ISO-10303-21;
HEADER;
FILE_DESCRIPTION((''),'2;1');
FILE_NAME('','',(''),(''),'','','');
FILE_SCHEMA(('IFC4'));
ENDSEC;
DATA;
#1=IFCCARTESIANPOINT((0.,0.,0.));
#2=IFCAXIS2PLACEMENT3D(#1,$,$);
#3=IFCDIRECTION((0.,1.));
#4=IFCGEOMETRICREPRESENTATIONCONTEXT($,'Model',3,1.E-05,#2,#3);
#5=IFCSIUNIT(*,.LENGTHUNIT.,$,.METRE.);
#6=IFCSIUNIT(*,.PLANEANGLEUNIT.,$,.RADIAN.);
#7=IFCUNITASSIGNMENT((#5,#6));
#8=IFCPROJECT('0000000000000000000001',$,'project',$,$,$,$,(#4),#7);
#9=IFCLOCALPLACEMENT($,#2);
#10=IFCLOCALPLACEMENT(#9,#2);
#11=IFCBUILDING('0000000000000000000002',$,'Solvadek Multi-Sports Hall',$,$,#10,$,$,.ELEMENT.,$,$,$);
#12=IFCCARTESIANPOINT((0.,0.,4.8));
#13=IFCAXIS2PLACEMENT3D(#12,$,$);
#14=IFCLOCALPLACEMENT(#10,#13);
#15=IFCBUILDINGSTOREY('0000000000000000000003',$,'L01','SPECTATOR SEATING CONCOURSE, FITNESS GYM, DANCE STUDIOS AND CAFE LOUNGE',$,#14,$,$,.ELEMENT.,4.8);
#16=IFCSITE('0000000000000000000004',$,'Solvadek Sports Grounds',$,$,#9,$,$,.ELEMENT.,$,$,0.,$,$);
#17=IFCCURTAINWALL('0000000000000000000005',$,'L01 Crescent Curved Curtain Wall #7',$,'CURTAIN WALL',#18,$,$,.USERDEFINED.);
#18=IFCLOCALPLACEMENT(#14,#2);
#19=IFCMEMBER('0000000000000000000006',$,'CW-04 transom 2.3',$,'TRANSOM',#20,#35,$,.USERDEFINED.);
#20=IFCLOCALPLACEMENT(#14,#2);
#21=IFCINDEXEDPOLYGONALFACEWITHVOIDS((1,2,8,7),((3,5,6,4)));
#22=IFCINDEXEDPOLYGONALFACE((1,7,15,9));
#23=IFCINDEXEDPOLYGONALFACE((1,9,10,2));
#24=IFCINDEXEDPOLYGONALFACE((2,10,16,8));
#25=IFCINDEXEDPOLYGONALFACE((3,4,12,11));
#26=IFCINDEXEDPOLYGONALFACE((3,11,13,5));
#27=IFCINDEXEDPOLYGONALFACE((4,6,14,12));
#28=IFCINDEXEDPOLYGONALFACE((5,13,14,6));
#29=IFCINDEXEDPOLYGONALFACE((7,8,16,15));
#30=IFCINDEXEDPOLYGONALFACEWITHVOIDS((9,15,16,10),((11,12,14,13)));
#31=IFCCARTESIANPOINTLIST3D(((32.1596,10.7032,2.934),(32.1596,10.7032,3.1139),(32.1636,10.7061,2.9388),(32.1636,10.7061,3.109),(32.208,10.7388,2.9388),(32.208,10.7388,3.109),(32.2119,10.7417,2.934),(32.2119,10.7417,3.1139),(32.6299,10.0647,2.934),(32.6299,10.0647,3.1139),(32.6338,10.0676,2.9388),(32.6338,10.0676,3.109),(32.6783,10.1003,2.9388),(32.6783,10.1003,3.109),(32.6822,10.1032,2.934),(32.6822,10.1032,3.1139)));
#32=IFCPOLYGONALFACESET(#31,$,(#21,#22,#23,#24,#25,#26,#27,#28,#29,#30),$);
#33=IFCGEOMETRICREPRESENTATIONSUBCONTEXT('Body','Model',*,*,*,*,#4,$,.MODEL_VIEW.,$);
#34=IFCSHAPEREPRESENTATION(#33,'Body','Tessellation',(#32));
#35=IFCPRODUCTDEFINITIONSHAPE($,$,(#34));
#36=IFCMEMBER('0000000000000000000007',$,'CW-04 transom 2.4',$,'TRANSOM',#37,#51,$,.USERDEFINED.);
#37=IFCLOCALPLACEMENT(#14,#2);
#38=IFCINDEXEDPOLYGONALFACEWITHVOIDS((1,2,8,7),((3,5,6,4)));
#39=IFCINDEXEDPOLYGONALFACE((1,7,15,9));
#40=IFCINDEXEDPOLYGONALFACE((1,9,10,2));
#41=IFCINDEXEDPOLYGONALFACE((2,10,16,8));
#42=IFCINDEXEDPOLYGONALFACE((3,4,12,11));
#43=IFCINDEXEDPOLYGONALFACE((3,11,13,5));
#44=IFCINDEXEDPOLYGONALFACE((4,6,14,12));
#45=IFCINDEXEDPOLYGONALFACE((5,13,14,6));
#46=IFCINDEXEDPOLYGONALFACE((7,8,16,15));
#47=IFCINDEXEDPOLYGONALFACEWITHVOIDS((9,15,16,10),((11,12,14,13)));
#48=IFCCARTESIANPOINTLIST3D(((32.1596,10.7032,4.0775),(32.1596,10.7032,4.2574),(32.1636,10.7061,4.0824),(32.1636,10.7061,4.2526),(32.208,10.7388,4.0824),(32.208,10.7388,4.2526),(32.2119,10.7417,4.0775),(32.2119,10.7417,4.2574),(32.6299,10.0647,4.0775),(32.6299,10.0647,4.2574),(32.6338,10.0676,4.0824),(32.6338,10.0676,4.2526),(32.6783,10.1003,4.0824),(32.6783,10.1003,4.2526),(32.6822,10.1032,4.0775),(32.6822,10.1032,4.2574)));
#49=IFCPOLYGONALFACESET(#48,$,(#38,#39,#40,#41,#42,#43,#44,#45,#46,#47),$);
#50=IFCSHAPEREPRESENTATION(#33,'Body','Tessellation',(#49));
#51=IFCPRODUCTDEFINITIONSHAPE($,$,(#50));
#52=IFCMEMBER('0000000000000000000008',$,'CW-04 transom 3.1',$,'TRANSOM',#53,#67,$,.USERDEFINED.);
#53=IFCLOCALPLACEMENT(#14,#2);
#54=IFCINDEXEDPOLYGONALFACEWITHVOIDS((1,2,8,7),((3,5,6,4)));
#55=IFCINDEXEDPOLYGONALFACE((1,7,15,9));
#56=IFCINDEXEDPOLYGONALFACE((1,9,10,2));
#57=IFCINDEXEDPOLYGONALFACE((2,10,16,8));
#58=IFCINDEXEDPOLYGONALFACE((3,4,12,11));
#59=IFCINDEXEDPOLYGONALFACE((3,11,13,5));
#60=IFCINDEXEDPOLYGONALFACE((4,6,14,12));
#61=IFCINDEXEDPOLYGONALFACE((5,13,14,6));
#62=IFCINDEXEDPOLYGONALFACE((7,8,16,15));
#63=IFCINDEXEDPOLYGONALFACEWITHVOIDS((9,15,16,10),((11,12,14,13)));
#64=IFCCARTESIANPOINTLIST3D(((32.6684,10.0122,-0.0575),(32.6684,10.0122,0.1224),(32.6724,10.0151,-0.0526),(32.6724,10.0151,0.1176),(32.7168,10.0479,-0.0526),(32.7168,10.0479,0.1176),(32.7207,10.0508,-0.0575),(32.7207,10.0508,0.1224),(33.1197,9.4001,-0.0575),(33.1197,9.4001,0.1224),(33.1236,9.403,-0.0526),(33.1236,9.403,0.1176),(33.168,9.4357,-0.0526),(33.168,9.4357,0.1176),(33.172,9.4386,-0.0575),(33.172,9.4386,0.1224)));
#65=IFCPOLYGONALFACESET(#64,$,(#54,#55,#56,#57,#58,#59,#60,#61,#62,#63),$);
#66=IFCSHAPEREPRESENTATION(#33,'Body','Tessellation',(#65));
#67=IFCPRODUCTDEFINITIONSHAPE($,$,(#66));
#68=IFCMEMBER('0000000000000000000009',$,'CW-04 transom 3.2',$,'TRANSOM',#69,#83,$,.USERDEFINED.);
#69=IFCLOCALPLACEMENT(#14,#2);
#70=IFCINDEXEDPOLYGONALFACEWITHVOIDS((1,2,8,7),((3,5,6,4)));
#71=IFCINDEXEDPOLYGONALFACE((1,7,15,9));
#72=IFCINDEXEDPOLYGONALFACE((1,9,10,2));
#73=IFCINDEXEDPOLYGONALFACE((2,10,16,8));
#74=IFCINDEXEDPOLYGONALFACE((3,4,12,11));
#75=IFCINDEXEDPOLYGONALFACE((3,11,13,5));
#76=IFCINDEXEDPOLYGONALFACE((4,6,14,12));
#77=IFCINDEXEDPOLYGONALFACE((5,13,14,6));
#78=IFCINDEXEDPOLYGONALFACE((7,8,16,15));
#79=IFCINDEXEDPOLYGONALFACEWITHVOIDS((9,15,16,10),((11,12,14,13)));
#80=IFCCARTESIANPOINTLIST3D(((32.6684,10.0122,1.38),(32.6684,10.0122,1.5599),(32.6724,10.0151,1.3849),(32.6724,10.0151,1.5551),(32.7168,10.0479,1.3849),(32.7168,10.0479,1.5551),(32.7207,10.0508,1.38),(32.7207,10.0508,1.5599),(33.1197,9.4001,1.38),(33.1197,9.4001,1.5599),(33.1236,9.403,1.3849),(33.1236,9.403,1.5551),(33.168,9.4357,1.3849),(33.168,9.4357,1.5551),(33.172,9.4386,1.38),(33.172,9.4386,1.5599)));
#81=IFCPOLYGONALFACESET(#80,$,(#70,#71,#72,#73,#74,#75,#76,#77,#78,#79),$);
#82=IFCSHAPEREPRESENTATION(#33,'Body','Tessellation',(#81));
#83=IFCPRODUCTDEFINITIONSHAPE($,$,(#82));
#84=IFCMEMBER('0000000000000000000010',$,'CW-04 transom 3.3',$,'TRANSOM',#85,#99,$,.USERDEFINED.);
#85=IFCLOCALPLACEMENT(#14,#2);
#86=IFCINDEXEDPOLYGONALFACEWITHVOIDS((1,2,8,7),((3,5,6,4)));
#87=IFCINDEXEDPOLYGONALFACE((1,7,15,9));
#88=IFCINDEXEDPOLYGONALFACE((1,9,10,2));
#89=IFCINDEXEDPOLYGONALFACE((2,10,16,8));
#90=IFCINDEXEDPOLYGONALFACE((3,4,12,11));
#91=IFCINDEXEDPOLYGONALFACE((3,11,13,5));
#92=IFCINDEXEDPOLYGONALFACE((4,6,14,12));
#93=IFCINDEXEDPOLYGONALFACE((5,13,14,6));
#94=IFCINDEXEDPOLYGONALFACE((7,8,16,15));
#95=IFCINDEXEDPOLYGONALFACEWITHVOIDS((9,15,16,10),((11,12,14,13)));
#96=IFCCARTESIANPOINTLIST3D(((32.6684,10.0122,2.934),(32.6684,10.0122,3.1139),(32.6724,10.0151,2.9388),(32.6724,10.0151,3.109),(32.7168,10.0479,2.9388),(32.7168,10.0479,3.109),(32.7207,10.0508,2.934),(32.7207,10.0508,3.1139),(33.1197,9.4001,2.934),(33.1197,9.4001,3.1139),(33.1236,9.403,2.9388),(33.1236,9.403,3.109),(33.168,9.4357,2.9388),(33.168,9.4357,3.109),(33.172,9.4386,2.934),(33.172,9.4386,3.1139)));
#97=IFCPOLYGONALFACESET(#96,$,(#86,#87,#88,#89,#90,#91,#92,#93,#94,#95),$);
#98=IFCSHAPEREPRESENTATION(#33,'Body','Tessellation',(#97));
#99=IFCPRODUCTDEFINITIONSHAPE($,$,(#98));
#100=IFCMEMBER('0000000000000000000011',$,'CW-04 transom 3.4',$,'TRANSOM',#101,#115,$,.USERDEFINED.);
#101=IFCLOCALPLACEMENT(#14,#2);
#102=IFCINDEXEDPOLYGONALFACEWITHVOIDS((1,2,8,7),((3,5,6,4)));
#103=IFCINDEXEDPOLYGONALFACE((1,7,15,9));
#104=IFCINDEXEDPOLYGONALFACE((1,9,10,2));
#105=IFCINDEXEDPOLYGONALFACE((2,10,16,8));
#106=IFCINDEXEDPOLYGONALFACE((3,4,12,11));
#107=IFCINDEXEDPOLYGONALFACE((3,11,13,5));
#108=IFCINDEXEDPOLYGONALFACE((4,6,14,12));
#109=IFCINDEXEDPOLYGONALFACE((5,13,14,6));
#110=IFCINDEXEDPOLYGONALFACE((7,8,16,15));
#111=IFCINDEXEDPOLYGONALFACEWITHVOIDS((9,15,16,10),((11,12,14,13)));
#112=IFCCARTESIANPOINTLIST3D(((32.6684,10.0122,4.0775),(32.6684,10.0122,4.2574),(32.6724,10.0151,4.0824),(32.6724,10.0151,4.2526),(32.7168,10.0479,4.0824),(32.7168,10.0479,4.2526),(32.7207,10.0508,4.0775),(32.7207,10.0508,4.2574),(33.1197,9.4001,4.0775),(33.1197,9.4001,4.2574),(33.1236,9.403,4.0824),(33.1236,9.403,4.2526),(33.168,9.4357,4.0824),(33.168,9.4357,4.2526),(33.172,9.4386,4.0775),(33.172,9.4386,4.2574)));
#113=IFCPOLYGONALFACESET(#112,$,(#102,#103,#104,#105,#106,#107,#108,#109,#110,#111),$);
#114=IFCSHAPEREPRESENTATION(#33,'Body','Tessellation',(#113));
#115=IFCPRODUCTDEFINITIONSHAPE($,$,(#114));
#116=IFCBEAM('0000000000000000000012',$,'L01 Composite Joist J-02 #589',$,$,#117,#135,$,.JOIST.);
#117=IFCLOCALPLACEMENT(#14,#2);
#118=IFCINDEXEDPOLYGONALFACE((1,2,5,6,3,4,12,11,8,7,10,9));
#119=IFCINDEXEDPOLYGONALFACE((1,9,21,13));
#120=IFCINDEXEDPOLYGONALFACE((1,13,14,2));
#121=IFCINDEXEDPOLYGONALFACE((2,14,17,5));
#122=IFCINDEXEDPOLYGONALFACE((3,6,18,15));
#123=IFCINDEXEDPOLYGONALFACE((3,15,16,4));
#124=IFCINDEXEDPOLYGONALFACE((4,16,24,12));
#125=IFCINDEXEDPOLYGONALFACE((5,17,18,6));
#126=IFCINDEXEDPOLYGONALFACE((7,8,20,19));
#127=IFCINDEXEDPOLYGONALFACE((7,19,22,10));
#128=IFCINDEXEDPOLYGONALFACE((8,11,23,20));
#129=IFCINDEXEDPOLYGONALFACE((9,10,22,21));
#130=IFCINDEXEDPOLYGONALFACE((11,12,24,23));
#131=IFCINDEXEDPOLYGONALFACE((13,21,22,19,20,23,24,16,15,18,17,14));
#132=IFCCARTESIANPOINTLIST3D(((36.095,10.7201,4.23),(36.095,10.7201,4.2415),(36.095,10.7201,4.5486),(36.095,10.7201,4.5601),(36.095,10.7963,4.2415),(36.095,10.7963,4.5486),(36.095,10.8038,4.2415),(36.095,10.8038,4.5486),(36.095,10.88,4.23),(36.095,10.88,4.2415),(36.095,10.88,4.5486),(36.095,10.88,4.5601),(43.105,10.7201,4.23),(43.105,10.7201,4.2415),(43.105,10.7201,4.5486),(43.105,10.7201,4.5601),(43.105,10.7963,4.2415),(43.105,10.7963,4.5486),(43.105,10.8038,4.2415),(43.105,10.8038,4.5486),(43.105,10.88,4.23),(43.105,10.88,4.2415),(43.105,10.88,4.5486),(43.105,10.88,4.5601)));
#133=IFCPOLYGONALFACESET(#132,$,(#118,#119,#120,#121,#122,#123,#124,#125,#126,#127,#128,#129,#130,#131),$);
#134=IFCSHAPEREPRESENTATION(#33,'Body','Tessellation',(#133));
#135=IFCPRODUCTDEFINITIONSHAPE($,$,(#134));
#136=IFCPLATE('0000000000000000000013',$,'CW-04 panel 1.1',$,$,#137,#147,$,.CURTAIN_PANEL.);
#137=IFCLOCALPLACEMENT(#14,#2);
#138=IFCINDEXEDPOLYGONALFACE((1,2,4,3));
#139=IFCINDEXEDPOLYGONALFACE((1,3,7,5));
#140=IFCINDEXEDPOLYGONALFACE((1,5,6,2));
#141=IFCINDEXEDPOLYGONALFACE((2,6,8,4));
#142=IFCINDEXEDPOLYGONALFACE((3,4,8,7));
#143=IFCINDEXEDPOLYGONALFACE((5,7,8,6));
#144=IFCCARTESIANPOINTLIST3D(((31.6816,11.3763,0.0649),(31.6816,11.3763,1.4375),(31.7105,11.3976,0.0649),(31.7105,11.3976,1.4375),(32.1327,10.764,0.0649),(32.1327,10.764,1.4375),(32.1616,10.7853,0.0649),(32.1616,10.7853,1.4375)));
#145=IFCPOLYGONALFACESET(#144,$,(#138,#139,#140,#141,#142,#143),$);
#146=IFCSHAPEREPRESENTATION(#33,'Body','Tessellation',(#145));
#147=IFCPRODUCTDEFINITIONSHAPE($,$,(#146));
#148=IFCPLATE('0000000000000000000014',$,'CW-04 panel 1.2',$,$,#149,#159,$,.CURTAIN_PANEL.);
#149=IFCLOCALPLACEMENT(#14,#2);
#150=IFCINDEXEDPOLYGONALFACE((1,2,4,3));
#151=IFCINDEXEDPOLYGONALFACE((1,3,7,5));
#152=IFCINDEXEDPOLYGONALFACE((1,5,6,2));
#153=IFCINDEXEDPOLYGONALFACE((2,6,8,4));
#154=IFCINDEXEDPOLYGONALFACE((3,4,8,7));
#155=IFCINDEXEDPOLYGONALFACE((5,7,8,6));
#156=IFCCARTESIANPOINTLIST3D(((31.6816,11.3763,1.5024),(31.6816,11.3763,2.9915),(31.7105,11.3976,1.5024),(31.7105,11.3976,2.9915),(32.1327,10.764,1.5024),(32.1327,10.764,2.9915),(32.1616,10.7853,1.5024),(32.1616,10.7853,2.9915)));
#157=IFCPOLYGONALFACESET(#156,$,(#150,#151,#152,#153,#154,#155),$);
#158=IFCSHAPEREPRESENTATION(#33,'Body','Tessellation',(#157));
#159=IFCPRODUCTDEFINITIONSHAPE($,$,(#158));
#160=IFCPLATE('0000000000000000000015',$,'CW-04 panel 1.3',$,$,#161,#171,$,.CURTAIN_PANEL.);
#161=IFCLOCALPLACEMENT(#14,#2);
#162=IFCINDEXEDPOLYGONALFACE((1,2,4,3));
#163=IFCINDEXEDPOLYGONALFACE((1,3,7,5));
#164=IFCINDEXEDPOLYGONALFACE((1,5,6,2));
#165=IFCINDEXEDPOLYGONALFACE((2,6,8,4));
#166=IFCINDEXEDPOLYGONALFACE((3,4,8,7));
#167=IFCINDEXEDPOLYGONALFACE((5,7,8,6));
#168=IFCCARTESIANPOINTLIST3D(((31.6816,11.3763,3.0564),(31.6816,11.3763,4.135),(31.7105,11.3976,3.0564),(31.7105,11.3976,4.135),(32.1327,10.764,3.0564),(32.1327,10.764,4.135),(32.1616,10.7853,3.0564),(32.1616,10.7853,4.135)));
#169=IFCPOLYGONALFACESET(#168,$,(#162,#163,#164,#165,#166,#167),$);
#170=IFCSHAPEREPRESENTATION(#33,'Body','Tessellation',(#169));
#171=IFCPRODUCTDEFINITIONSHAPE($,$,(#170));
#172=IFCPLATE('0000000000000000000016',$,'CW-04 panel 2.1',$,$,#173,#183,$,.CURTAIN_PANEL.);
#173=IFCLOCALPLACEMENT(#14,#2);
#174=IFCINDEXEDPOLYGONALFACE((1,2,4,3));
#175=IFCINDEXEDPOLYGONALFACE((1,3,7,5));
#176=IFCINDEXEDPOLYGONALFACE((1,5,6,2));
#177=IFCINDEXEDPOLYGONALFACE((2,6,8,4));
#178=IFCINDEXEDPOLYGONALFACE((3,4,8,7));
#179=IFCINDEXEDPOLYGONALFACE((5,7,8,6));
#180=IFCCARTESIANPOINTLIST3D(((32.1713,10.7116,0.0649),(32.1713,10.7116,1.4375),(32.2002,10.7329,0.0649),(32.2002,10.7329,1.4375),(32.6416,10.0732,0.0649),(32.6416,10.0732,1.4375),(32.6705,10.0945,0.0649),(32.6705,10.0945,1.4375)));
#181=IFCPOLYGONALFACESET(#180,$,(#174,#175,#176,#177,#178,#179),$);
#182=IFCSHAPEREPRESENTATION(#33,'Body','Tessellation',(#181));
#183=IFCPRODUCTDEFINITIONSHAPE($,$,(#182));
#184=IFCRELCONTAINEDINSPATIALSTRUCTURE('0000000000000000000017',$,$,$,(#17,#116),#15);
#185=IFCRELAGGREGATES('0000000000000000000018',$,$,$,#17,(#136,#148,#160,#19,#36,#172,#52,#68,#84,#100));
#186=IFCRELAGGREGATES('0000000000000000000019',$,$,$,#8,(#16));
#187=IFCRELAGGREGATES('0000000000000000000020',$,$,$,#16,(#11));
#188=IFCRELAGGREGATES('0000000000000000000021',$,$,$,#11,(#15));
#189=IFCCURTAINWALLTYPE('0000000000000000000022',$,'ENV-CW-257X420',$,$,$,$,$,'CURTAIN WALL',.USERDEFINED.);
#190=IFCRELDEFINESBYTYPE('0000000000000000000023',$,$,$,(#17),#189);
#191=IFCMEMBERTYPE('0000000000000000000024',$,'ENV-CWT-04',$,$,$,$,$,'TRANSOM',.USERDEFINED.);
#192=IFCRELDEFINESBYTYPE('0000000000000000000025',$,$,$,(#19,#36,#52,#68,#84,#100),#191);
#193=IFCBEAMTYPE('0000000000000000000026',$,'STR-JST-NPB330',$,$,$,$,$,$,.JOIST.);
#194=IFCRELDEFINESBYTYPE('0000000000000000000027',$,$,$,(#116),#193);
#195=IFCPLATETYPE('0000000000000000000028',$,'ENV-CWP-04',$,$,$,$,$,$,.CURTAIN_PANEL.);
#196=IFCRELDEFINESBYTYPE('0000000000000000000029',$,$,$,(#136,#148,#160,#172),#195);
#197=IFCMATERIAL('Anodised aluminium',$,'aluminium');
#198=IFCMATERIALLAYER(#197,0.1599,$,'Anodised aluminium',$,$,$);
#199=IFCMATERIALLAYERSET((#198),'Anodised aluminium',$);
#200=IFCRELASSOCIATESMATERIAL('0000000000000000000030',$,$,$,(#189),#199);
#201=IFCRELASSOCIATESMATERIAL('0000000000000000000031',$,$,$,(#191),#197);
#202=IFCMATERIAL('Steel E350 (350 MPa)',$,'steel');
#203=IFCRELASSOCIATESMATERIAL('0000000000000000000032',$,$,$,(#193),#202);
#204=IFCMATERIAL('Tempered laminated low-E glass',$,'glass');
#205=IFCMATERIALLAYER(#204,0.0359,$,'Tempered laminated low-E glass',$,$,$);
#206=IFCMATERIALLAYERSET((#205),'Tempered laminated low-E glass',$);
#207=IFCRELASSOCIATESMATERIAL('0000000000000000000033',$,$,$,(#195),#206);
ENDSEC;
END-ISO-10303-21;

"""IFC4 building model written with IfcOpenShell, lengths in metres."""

from ifc_helpers import new_model, si_unit, direction, frame, origin, origin_2d, place, context, subcontext, project, spatial, rectangle, hollow_rectangle, i_section, extrude, material, layer, layer_set, material_profile, profile_set, type_object, element, aggregate, save


model = new_model("IFC4")

# Units and contexts
model_context = context("Model", 3, precision=1e-05, world=origin(), true_north=direction((0.0, 1.0)))
body_context = subcontext(model_context, "Body", "Model", "MODEL_VIEW")
ifc_project = project(units=[si_unit("LENGTHUNIT", "METRE"), si_unit("PLANEANGLEUNIT", "RADIAN")], contexts=[model_context])

# Site, building, storey
site_placement = place(None, origin())
site = spatial("IfcSite", under=ifc_project, at=site_placement, Name="Solvadek Sports Grounds", CompositionType="ELEMENT", RefElevation=0.0)
building_placement = place(site_placement, origin())
building = spatial("IfcBuilding", under=site, at=building_placement, Name="Solvadek Multi-Sports Hall", CompositionType="ELEMENT")
storey_placement = place(building_placement, frame((0.0, 0.0, 4.8)))
storey = spatial("IfcBuildingStorey", under=building, at=storey_placement, Name="L01", Description="SPECTATOR SEATING CONCOURSE, FITNESS GYM, DANCE STUDIOS AND CAFE LOUNGE", CompositionType="ELEMENT", Elevation=4.8)

# Curtain wall
ifc_material_1 = material(Name="Anodised aluminium", Category="aluminium")
ifc_layer_1 = layer(ifc_material_1, 0.1599, Name="Anodised aluminium")
ifc_layer_set_1 = layer_set([ifc_layer_1], Name="Anodised aluminium")
curtain_wall_type_1 = type_object("IfcCurtainWallType", Name="ENV-CW-257X420", ElementType="CURTAIN WALL", PredefinedType="USERDEFINED", material=ifc_layer_set_1)
curtain_wall_1_placement = place(storey_placement, origin())
curtain_wall_1 = element("IfcCurtainWall", 1, at=curtain_wall_1_placement, inside=storey, type_object=curtain_wall_type_1, Name="L01 Crescent Curved Curtain Wall #7", ObjectType="CURTAIN WALL", PredefinedType="USERDEFINED")

# Members
ifc_material_profile_1 = material_profile(ifc_material_1, hollow_rectangle(XDim=0.0649, YDim=0.1799, WallThickness=0.0049, at=origin_2d()), Name="ALU-T 180x65x5")
ifc_profile_set_1 = profile_set([ifc_material_profile_1], Name="Anodised aluminium")
member_type_1 = type_object("IfcMemberType", Name="ENV-CWT-04", ElementType="TRANSOM", PredefinedType="USERDEFINED", material=ifc_profile_set_1)
member_1_placement = place(storey_placement, frame((32.1858, 10.7224, 3.0239), z_axis=(0.593031, -0.80518, 0.0), x_axis=(0.80518, 0.593031, 0.0)))
member_1 = element("IfcMember", 2, at=member_1_placement, type_object=member_type_1, Name="CW-04 transom 2.3", ObjectType="TRANSOM", PredefinedType="USERDEFINED", context=body_context, shape_type="SweptSolid", body=[
    extrude(hollow_rectangle(XDim=0.0649, YDim=0.1799, WallThickness=0.0049, at=origin_2d()), origin(), (0.0, 0.0, 1.0), 0.793),
])
member_2_placement = place(storey_placement, frame((32.1858, 10.7224, 4.1675), z_axis=(0.593031, -0.80518, 0.0), x_axis=(0.80518, 0.593031, 0.0)))
member_2 = element("IfcMember", 3, at=member_2_placement, type_object=member_type_1, Name="CW-04 transom 2.4", ObjectType="TRANSOM", PredefinedType="USERDEFINED", context=body_context, shape_type="SweptSolid", body=[
    extrude(hollow_rectangle(XDim=0.0649, YDim=0.1799, WallThickness=0.0049, at=origin_2d()), origin(), (0.0, 0.0, 1.0), 0.793),
])
member_3_placement = place(storey_placement, frame((32.6946, 10.0315, 0.0325), z_axis=(0.593352, -0.804943, 0.0), x_axis=(0.804943, 0.593352, 0.0)))
member_3 = element("IfcMember", 4, at=member_3_placement, type_object=member_type_1, Name="CW-04 transom 3.1", ObjectType="TRANSOM", PredefinedType="USERDEFINED", context=body_context, shape_type="SweptSolid", body=[
    extrude(hollow_rectangle(XDim=0.0649, YDim=0.1799, WallThickness=0.0049, at=origin_2d()), origin(), (0.0, 0.0, 1.0), 0.7605),
])
member_4_placement = place(storey_placement, frame((32.6946, 10.0315, 1.47), z_axis=(0.593352, -0.804943, 0.0), x_axis=(0.804943, 0.593352, 0.0)))
member_4 = element("IfcMember", 5, at=member_4_placement, type_object=member_type_1, Name="CW-04 transom 3.2", ObjectType="TRANSOM", PredefinedType="USERDEFINED", context=body_context, shape_type="SweptSolid", body=[
    extrude(hollow_rectangle(XDim=0.0649, YDim=0.1799, WallThickness=0.0049, at=origin_2d()), origin(), (0.0, 0.0, 1.0), 0.7605),
])
member_5_placement = place(storey_placement, frame((32.6946, 10.0315, 3.0239), z_axis=(0.593352, -0.804943, 0.0), x_axis=(0.804943, 0.593352, 0.0)))
member_5 = element("IfcMember", 6, at=member_5_placement, type_object=member_type_1, Name="CW-04 transom 3.3", ObjectType="TRANSOM", PredefinedType="USERDEFINED", context=body_context, shape_type="SweptSolid", body=[
    extrude(hollow_rectangle(XDim=0.0649, YDim=0.1799, WallThickness=0.0049, at=origin_2d()), origin(), (0.0, 0.0, 1.0), 0.7605),
])
member_6_placement = place(storey_placement, frame((32.6946, 10.0315, 4.1675), z_axis=(0.593352, -0.804943, 0.0), x_axis=(0.804943, 0.593352, 0.0)))
member_6 = element("IfcMember", 7, at=member_6_placement, type_object=member_type_1, Name="CW-04 transom 3.4", ObjectType="TRANSOM", PredefinedType="USERDEFINED", context=body_context, shape_type="SweptSolid", body=[
    extrude(hollow_rectangle(XDim=0.0649, YDim=0.1799, WallThickness=0.0049, at=origin_2d()), origin(), (0.0, 0.0, 1.0), 0.7605),
])

# Beam
ifc_material_2 = material(Name="Steel E350 (350 MPa)", Category="steel")
ifc_material_profile_2 = material_profile(ifc_material_2, i_section(OverallWidth=0.1599, OverallDepth=0.3301, WebThickness=0.0076, FlangeThickness=0.0115, at=origin_2d()), Name="NPB 330")
ifc_profile_set_2 = profile_set([ifc_material_profile_2], Name="Steel E350 (350 MPa)")
beam_type = type_object("IfcBeamType", Name="STR-JST-NPB330", PredefinedType="JOIST", material=ifc_profile_set_2)
beam_placement = place(storey_placement, frame((36.095, 10.8, 4.395), z_axis=(1.0, 0.0, 0.0), x_axis=(0.0, 1.0, 0.0)))
element("IfcBeam", 8, at=beam_placement, inside=storey, type_object=beam_type, Name="L01 Composite Joist J-02 #589", PredefinedType="JOIST", context=body_context, shape_type="SweptSolid", body=[
    extrude(i_section(OverallWidth=0.1599, OverallDepth=0.3301, WebThickness=0.0076, FlangeThickness=0.0115, at=origin_2d()), origin(), (0.0, 0.0, 1.0), 7.01),
])

# Plates
ifc_material_3 = material(Name="Tempered laminated low-E glass", Category="glass")
ifc_layer_2 = layer(ifc_material_3, 0.0359, Name="Tempered laminated low-E glass")
ifc_layer_set_2 = layer_set([ifc_layer_2], Name="Tempered laminated low-E glass")
plate_type_1 = type_object("IfcPlateType", Name="ENV-CWP-04", PredefinedType="CURTAIN_PANEL", material=ifc_layer_set_2)
plate_1_placement = place(storey_placement, frame((31.9216, 11.0808, 0.0649), z_axis=(0.0, 0.0, 1.0), x_axis=(0.593153, -0.80509, 0.0)))
plate_1 = element("IfcPlate", 9, at=plate_1_placement, type_object=plate_type_1, Name="CW-04 panel 1.1", PredefinedType="CURTAIN_PANEL", context=body_context, shape_type="SweptSolid", body=[
    extrude(rectangle(XDim=0.7605, YDim=0.0359, at=origin_2d()), origin(), (0.0, 0.0, 1.0), 1.3726),
])
plate_2_placement = place(storey_placement, frame((31.9216, 11.0808, 1.5024), z_axis=(0.0, 0.0, 1.0), x_axis=(0.593153, -0.80509, 0.0)))
plate_2 = element("IfcPlate", 10, at=plate_2_placement, type_object=plate_type_1, Name="CW-04 panel 1.2", PredefinedType="CURTAIN_PANEL", context=body_context, shape_type="SweptSolid", body=[
    extrude(rectangle(XDim=0.7605, YDim=0.0359, at=origin_2d()), origin(), (0.0, 0.0, 1.0), 1.489),
])
plate_3_placement = place(storey_placement, frame((31.9216, 11.0808, 3.0564), z_axis=(0.0, 0.0, 1.0), x_axis=(0.593153, -0.80509, 0.0)))
plate_3 = element("IfcPlate", 11, at=plate_3_placement, type_object=plate_type_1, Name="CW-04 panel 1.3", PredefinedType="CURTAIN_PANEL", context=body_context, shape_type="SweptSolid", body=[
    extrude(rectangle(XDim=0.7605, YDim=0.0359, at=origin_2d()), origin(), (0.0, 0.0, 1.0), 1.0786),
])
plate_4_placement = place(storey_placement, frame((32.4209, 10.4031, 0.0649), z_axis=(0.0, 0.0, 1.0), x_axis=(0.593153, -0.80509, 0.0)))
plate_4 = element("IfcPlate", 12, at=plate_4_placement, type_object=plate_type_1, Name="CW-04 panel 2.1", PredefinedType="CURTAIN_PANEL", context=body_context, shape_type="SweptSolid", body=[
    extrude(rectangle(XDim=0.793, YDim=0.0359, at=origin_2d()), origin(), (0.0, 0.0, 1.0), 1.3726),
])
aggregate(curtain_wall_1, [plate_1, plate_2, plate_3, member_1, member_2, plate_4, member_3, member_4, member_5, member_6])

save(model, "model.ifc")
